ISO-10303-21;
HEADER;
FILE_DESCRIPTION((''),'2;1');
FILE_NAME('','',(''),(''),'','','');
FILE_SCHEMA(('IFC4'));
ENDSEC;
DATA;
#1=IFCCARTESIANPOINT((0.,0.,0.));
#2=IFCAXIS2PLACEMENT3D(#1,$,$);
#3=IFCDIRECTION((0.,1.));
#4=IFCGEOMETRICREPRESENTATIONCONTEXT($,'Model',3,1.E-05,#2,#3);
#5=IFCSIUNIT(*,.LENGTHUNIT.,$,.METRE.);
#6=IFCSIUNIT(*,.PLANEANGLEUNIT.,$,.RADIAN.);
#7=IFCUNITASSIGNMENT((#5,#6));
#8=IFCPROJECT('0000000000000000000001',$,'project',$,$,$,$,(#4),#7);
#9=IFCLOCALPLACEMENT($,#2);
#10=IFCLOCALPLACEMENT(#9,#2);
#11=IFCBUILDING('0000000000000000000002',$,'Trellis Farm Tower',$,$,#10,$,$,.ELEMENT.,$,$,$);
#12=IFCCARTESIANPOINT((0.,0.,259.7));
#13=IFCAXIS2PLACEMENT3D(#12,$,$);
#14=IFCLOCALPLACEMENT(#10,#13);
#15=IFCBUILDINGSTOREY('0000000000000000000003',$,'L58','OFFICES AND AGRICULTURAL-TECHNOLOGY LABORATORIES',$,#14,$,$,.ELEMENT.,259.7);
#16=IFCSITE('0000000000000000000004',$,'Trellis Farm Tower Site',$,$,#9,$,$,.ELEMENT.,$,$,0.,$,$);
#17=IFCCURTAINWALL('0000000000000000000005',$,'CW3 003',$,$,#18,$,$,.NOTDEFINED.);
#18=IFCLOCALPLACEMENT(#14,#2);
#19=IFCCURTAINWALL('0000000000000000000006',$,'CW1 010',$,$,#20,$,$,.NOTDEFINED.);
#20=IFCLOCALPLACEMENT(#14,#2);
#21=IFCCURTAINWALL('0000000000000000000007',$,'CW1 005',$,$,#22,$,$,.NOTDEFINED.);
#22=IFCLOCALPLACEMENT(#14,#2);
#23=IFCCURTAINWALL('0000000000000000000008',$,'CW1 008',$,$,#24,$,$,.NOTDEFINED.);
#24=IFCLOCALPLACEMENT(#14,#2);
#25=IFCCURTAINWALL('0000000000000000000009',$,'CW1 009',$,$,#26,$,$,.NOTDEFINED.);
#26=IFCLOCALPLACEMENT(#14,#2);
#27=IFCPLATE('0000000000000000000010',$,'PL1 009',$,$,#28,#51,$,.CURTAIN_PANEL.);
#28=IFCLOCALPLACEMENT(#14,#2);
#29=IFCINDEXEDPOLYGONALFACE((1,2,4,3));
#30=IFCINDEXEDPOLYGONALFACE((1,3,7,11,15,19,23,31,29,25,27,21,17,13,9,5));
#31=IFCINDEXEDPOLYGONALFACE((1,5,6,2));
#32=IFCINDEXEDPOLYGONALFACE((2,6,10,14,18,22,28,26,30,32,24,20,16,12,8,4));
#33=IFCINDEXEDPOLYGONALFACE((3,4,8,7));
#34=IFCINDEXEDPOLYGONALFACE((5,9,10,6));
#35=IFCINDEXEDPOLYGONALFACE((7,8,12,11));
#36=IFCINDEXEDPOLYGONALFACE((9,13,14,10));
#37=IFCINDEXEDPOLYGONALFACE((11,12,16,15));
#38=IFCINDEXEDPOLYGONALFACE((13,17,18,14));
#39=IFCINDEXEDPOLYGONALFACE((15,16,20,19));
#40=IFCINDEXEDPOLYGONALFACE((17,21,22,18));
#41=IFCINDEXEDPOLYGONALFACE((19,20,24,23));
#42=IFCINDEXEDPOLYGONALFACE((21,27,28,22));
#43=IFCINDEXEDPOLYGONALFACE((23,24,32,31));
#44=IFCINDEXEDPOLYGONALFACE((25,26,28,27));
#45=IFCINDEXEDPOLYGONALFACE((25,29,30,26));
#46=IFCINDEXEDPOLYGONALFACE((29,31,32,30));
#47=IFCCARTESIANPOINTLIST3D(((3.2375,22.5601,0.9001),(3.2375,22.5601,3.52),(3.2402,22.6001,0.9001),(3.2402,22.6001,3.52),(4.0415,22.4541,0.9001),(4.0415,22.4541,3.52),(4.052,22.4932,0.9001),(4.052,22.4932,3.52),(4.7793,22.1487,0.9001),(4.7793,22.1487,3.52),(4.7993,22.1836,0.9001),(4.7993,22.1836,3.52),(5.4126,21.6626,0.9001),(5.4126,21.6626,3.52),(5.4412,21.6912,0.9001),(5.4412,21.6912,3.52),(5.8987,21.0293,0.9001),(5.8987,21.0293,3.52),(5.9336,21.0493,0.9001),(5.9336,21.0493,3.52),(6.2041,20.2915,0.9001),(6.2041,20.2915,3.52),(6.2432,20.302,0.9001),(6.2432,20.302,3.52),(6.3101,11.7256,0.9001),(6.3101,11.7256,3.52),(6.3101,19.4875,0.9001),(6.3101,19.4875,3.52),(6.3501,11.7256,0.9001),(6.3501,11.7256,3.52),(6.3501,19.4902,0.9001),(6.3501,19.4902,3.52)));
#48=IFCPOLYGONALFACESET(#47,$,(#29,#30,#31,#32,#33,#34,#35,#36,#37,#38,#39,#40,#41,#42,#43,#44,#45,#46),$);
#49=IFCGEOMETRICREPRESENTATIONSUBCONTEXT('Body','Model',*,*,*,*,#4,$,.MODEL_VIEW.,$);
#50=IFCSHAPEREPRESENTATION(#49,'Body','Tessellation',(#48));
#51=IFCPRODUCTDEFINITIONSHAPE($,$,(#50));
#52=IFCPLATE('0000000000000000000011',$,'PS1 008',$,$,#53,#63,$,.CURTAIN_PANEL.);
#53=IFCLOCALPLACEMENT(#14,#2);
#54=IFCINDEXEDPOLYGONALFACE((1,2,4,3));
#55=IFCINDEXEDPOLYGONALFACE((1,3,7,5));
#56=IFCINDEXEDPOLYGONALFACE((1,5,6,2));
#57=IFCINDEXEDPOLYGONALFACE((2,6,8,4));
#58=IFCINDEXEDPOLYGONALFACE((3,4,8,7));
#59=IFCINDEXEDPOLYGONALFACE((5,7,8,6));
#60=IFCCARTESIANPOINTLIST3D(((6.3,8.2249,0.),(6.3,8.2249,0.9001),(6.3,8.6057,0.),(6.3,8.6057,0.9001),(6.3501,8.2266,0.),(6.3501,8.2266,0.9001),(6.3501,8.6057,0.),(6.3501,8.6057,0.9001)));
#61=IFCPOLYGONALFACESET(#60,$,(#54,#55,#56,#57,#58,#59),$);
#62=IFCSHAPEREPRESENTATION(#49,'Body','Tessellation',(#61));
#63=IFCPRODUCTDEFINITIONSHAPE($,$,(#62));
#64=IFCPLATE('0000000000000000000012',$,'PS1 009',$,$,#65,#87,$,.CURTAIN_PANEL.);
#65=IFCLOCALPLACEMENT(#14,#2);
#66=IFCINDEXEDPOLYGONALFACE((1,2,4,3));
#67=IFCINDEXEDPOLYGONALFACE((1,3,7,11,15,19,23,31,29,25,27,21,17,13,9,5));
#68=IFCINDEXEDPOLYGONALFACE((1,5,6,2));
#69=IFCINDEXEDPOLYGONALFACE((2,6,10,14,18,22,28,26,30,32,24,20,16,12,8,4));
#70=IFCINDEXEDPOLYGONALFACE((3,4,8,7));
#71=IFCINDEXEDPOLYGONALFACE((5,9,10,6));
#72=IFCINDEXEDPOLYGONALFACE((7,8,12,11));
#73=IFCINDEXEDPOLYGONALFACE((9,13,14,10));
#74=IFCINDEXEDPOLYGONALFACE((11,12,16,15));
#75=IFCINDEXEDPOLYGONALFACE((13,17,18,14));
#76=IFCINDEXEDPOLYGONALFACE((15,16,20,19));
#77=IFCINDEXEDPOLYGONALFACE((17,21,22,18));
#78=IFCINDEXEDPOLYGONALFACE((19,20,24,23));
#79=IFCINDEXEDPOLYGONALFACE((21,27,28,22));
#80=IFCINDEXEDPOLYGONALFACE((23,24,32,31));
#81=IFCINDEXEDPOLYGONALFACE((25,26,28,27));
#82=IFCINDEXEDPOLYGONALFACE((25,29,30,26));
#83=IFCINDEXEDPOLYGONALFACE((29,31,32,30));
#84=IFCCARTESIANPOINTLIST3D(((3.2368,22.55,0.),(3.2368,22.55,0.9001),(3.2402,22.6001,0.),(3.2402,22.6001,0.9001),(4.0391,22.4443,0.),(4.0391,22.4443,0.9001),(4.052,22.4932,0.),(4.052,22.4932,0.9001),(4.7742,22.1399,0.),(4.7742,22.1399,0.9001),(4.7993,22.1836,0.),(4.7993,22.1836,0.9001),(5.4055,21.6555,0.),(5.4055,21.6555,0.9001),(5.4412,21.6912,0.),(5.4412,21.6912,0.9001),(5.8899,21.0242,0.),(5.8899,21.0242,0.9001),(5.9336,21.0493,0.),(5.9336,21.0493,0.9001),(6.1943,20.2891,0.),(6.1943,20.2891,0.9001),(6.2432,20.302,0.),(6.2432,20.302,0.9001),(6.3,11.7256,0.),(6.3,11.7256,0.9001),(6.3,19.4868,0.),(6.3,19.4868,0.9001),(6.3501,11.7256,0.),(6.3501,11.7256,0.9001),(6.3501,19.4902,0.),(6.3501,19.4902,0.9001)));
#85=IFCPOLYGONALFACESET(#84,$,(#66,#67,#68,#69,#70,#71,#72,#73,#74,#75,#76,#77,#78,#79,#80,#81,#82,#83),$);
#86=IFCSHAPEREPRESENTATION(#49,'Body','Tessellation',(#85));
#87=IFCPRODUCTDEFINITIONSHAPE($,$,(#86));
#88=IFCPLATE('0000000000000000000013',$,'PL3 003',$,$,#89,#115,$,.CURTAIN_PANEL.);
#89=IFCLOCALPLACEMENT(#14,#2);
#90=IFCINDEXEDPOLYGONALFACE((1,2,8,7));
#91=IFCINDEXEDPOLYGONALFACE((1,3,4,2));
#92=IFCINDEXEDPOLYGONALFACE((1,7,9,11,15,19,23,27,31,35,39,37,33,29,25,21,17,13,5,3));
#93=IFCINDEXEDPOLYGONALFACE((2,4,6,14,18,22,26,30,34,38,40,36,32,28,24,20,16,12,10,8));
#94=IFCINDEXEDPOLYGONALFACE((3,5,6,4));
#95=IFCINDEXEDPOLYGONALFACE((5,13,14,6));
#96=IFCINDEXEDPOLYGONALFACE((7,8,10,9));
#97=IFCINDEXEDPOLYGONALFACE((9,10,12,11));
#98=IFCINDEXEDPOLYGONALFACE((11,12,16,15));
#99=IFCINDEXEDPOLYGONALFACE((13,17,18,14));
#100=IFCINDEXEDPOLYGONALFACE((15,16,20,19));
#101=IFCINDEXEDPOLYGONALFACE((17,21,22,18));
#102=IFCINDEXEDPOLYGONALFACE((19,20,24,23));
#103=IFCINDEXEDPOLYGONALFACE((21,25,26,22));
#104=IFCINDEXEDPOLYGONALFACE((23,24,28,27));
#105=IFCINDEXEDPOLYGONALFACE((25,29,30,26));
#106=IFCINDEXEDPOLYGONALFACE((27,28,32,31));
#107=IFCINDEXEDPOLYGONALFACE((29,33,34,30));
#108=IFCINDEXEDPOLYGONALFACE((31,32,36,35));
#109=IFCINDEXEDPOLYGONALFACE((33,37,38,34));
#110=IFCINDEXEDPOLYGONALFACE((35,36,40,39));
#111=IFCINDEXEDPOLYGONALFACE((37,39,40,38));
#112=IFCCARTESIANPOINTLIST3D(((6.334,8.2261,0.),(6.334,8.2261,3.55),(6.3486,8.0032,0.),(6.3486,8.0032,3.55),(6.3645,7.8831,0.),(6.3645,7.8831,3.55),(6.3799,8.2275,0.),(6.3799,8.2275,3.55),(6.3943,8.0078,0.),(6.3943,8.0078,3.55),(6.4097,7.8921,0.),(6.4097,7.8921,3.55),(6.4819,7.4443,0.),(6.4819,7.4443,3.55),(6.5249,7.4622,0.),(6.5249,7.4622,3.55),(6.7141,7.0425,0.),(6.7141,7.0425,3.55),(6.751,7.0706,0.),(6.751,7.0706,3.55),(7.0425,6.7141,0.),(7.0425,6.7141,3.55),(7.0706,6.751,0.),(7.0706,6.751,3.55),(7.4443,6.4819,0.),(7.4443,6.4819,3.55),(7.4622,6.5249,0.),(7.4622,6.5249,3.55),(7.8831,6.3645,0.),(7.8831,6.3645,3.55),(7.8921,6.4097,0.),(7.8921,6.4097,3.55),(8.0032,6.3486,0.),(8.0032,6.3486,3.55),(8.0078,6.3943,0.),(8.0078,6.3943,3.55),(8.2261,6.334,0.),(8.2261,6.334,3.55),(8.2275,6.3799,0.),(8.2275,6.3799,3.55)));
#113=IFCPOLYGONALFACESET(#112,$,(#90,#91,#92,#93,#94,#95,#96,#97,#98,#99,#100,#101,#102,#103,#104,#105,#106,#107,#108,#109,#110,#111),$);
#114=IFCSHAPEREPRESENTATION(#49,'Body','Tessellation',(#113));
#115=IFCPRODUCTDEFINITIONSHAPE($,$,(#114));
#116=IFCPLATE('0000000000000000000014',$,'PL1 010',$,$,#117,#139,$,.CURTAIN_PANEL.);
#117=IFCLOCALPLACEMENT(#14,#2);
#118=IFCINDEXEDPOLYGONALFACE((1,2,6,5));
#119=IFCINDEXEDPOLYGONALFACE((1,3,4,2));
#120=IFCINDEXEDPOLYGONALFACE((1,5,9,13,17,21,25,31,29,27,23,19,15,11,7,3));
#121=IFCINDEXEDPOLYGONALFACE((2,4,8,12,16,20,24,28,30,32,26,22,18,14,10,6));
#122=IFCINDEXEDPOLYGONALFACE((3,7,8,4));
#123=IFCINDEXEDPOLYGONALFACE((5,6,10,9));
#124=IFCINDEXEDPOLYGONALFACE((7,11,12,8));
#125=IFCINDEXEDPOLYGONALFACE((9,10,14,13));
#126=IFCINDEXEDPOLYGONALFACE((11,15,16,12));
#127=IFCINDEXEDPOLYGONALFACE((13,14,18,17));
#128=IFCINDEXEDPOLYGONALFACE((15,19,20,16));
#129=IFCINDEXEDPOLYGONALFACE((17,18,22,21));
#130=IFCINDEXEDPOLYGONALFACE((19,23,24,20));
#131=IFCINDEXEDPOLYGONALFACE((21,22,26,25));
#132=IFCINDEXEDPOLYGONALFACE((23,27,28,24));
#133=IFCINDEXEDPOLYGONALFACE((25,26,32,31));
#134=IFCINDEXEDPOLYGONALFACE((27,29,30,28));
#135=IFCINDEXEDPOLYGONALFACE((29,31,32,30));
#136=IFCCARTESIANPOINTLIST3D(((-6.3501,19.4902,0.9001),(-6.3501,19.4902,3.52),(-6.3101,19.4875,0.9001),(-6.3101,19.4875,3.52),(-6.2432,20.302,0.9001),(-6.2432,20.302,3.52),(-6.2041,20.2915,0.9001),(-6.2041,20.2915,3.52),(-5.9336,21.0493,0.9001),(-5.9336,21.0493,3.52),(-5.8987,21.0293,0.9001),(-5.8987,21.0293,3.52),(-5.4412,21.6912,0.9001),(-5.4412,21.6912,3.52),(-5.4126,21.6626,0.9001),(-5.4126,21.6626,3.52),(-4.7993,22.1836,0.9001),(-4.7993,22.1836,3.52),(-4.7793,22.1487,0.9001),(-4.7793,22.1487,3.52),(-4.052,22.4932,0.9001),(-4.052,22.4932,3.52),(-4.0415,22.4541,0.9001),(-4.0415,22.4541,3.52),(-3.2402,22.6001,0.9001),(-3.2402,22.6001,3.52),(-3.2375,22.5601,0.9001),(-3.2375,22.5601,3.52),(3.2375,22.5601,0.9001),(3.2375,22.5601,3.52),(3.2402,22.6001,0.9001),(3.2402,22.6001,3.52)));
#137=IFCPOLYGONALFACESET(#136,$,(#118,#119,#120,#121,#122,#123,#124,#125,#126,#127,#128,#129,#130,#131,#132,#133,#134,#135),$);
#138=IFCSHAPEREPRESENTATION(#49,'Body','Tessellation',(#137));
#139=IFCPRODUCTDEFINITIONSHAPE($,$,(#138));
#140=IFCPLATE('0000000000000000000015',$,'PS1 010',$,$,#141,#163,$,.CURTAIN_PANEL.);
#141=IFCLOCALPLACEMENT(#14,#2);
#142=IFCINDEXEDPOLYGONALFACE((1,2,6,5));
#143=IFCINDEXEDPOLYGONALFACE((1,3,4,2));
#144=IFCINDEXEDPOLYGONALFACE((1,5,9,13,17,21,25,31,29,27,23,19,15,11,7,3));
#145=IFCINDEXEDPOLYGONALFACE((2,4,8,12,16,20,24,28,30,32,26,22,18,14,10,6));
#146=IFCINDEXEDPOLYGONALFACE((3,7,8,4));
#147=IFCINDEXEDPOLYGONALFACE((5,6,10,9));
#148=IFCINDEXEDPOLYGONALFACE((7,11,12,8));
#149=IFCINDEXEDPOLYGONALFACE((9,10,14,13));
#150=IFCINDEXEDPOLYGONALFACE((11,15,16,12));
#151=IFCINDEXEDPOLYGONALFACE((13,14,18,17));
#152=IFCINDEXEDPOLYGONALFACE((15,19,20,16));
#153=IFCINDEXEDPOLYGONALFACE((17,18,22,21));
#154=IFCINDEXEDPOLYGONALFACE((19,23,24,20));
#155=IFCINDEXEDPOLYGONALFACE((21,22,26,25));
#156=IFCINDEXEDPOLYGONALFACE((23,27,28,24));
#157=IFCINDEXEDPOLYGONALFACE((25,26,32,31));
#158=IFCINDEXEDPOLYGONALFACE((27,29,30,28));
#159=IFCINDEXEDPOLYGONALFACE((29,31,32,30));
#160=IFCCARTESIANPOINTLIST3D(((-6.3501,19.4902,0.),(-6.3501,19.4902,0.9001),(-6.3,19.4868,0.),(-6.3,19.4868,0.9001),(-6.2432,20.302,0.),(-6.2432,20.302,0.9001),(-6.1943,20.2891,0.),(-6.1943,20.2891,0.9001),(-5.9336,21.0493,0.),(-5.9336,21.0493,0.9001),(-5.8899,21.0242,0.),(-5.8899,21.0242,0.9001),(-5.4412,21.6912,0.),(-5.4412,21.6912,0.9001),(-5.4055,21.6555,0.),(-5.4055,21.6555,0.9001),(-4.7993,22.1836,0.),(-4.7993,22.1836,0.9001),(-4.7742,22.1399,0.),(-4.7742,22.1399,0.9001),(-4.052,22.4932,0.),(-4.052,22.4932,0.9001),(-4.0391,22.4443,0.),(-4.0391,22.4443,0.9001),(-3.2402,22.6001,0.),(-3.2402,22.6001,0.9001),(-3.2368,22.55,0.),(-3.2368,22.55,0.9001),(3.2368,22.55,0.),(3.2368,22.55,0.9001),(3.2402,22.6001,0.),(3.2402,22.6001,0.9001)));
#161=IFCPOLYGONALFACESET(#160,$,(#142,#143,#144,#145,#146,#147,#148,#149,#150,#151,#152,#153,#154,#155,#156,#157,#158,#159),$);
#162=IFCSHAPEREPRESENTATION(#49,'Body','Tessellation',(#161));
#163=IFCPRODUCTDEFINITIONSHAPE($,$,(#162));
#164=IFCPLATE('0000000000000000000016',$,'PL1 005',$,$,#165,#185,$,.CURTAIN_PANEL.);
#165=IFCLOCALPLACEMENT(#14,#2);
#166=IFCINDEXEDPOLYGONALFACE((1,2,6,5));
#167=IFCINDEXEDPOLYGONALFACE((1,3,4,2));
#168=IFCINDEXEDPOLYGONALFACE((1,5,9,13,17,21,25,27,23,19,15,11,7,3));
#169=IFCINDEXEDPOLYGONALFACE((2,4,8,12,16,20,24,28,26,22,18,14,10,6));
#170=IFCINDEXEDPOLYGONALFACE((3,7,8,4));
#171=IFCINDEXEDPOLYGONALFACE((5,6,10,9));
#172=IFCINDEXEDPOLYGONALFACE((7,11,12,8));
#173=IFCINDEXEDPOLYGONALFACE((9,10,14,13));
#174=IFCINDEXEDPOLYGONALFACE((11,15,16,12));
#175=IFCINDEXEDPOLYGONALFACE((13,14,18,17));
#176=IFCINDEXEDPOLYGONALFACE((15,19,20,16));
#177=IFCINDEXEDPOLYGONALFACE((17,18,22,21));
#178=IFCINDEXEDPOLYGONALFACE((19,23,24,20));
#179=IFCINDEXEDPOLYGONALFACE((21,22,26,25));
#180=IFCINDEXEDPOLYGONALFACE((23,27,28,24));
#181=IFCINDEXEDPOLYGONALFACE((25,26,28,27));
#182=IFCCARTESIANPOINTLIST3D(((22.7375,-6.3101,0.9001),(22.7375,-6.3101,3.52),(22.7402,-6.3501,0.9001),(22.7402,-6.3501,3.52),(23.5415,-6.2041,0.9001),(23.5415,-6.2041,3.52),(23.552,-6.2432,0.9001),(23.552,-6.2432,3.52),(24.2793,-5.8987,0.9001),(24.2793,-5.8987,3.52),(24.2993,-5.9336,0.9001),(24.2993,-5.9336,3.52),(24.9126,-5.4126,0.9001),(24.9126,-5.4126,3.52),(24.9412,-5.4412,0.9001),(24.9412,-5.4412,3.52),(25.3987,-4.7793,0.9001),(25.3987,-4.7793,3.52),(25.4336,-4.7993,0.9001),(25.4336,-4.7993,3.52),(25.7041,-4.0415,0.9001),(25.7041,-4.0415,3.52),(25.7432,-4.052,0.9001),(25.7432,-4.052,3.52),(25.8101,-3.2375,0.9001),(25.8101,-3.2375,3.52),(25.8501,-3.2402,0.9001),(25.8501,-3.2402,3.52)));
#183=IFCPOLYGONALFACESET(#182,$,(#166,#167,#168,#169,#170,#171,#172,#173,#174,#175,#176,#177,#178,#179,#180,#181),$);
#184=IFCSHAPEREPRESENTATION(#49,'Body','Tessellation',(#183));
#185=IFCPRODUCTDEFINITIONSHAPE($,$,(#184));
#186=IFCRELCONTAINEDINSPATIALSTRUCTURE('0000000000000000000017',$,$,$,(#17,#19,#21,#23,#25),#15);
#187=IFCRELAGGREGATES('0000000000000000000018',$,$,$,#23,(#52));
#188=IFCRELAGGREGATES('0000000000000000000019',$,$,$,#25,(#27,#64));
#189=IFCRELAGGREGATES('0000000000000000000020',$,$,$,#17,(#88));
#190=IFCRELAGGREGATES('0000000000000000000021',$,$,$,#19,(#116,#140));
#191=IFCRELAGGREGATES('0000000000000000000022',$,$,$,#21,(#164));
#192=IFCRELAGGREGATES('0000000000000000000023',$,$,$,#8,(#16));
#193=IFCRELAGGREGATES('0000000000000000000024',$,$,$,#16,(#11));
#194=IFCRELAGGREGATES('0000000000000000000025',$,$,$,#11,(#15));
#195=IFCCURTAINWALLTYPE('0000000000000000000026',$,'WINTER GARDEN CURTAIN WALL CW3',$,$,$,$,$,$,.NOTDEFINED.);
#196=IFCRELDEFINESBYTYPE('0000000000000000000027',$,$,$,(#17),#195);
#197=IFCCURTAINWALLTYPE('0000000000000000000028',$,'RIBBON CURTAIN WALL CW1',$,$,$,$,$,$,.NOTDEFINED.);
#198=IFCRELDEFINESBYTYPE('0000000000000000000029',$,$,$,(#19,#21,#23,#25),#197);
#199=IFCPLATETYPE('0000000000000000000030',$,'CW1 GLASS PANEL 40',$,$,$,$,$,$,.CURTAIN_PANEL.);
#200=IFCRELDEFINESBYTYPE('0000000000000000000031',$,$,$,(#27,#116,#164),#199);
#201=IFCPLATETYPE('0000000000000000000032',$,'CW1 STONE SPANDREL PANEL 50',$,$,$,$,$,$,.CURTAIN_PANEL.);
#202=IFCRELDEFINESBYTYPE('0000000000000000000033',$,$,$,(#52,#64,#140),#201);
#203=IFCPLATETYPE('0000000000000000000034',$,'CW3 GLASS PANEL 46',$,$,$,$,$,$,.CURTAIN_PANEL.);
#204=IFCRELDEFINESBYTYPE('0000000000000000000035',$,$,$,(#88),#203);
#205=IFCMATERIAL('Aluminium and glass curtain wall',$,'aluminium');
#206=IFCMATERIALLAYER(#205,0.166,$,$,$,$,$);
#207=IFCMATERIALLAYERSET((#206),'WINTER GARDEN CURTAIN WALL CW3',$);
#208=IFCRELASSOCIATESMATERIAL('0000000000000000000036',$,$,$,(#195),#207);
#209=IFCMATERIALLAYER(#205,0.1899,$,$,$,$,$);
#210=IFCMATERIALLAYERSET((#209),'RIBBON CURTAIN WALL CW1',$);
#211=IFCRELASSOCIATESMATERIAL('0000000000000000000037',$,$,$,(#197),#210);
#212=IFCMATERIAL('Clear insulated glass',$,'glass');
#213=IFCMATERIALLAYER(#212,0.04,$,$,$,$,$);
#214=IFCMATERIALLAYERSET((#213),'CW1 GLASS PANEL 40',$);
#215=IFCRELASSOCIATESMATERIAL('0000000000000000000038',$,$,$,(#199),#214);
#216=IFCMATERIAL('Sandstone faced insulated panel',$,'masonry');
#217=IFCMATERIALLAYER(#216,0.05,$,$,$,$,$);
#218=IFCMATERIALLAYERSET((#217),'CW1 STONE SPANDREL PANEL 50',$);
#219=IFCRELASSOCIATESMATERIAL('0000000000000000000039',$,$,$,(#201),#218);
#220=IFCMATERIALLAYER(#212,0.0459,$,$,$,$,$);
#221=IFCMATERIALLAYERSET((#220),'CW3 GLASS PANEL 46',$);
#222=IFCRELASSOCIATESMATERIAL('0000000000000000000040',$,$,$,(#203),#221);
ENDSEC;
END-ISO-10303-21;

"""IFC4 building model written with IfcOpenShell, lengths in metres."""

from ifc_helpers import new_model, si_unit, direction, frame, origin, place, context, subcontext, project, spatial, polyline, outline, extrude, source, transform, mapped, material, layer, layer_set, type_object, element, aggregate, save


model = new_model("IFC4")

# Units and contexts
model_context = context("Model", 3, precision=1e-05, world=origin(), true_north=direction((0.0, 1.0)))
body_context = subcontext(model_context, "Body", "Model", "MODEL_VIEW")
ifc_project = project(units=[si_unit("LENGTHUNIT", "METRE"), si_unit("PLANEANGLEUNIT", "RADIAN")], contexts=[model_context])

# Site, building, storey
site_placement = place(None, origin())
site = spatial("IfcSite", under=ifc_project, at=site_placement, Name="Trellis Farm Tower Site", CompositionType="ELEMENT", RefElevation=0.0)
building_placement = place(site_placement, origin())
building = spatial("IfcBuilding", under=site, at=building_placement, Name="Trellis Farm Tower", CompositionType="ELEMENT")
storey_placement = place(building_placement, frame((0.0, 0.0, 259.7)))
storey = spatial("IfcBuildingStorey", under=building, at=storey_placement, Name="L58", Description="OFFICES AND AGRICULTURAL-TECHNOLOGY LABORATORIES", CompositionType="ELEMENT", Elevation=259.7)

# Curtain walls
ifc_material_1 = material(Name="Aluminium and glass curtain wall", Category="aluminium")
ifc_layer_1 = layer(ifc_material_1, 0.166)
ifc_layer_set_1 = layer_set([ifc_layer_1], Name="WINTER GARDEN CURTAIN WALL CW3")
curtain_wall_type_1 = type_object("IfcCurtainWallType", Name="WINTER GARDEN CURTAIN WALL CW3", PredefinedType="NOTDEFINED", material=ifc_layer_set_1)
placement_1 = place(storey_placement, origin())
curtain_wall_1 = element("IfcCurtainWall", 1, at=placement_1, inside=storey, type_object=curtain_wall_type_1, Name="CW3 003", PredefinedType="NOTDEFINED")
ifc_layer_2 = layer(ifc_material_1, 0.1899)
ifc_layer_set_2 = layer_set([ifc_layer_2], Name="RIBBON CURTAIN WALL CW1")
curtain_wall_type_2 = type_object("IfcCurtainWallType", Name="RIBBON CURTAIN WALL CW1", PredefinedType="NOTDEFINED", material=ifc_layer_set_2)
curtain_wall_2 = element("IfcCurtainWall", 2, at=placement_1, inside=storey, type_object=curtain_wall_type_2, Name="CW1 010", PredefinedType="NOTDEFINED")
curtain_wall_3 = element("IfcCurtainWall", 3, at=placement_1, inside=storey, type_object=curtain_wall_type_2, Name="CW1 005", PredefinedType="NOTDEFINED")
curtain_wall_4 = element("IfcCurtainWall", 4, at=placement_1, inside=storey, type_object=curtain_wall_type_2, Name="CW1 008", PredefinedType="NOTDEFINED")
curtain_wall_5 = element("IfcCurtainWall", 5, at=placement_1, inside=storey, type_object=curtain_wall_type_2, Name="CW1 009", PredefinedType="NOTDEFINED")

# Plates
ifc_material_2 = material(Name="Clear insulated glass", Category="glass")
ifc_layer_3 = layer(ifc_material_2, 0.04)
ifc_layer_set_3 = layer_set([ifc_layer_3], Name="CW1 GLASS PANEL 40")
plate_type_1 = type_object("IfcPlateType", Name="CW1 GLASS PANEL 40", PredefinedType="CURTAIN_PANEL", material=ifc_layer_set_3)
placement_2 = place(storey_placement, frame((0.0, 0.0, 0.9001)))
plate_1 = element("IfcPlate", 6, at=placement_2, type_object=plate_type_1, Name="PL1 009", PredefinedType="CURTAIN_PANEL", context=body_context, shape_type="SweptSolid", body=[
    extrude(outline(polyline([(6.3501, 11.7256), (6.3501, 19.4902), (6.2432, 20.302), (5.9336, 21.0493), (5.4412, 21.6912), (4.7993, 22.1836), (4.052, 22.4932), (3.2402, 22.6001), (3.2375, 22.5601), (4.0415, 22.4541), (4.7793, 22.1487), (5.4126, 21.6626), (5.8987, 21.0293), (6.2041, 20.2915), (6.3101, 19.4875), (6.3101, 11.7256), (6.3501, 11.7256)])), origin(), (0.0, 0.0, 1.0), 2.6199),
])
ifc_material_3 = material(Name="Sandstone faced insulated panel", Category="masonry")
ifc_layer_4 = layer(ifc_material_3, 0.05)
ifc_layer_set_4 = layer_set([ifc_layer_4], Name="CW1 STONE SPANDREL PANEL 50")
plate_type_2 = type_object("IfcPlateType", Name="CW1 STONE SPANDREL PANEL 50", PredefinedType="CURTAIN_PANEL", material=ifc_layer_set_4)
plate_2 = element("IfcPlate", 7, at=placement_1, type_object=plate_type_2, Name="PS1 008", PredefinedType="CURTAIN_PANEL", context=body_context, shape_type="SweptSolid", body=[
    extrude(outline(polyline([(6.3501, 8.2266), (6.3501, 8.6057), (6.3, 8.6057), (6.3, 8.2249), (6.3501, 8.2266)])), origin(), (0.0, 0.0, 1.0), 0.9001),
])
aggregate(curtain_wall_4, [plate_2])
plate_3 = element("IfcPlate", 8, at=placement_1, type_object=plate_type_2, Name="PS1 009", PredefinedType="CURTAIN_PANEL", context=body_context, shape_type="SweptSolid", body=[
    extrude(outline(polyline([(6.3501, 11.7256), (6.3501, 19.4902), (6.2432, 20.302), (5.9336, 21.0493), (5.4412, 21.6912), (4.7993, 22.1836), (4.052, 22.4932), (3.2402, 22.6001), (3.2368, 22.55), (4.0391, 22.4443), (4.7742, 22.1399), (5.4055, 21.6555), (5.8899, 21.0242), (6.1943, 20.2891), (6.3, 19.4868), (6.3, 11.7256), (6.3501, 11.7256)])), origin(), (0.0, 0.0, 1.0), 0.9001),
])
aggregate(curtain_wall_5, [plate_1, plate_3])
ifc_layer_5 = layer(ifc_material_2, 0.0459)
ifc_layer_set_5 = layer_set([ifc_layer_5], Name="CW3 GLASS PANEL 46")
plate_type_3 = type_object("IfcPlateType", Name="CW3 GLASS PANEL 46", PredefinedType="CURTAIN_PANEL", material=ifc_layer_set_5)
shared_shape_1 = source(origin(), body_context, "Body", "SweptSolid", [
    extrude(outline(polyline([(8.2275, 6.3799), (8.0078, 6.3943), (7.8921, 6.4097), (7.4622, 6.5249), (7.0706, 6.751), (6.751, 7.0706), (6.5249, 7.4622), (6.4097, 7.8921), (6.3943, 8.0078), (6.3799, 8.2275), (6.334, 8.2261), (6.3486, 8.0032), (6.3645, 7.8831), (6.4819, 7.4443), (6.7141, 7.0425), (7.0425, 6.7141), (7.4443, 6.4819), (7.8831, 6.3645), (8.0032, 6.3486), (8.2261, 6.334), (8.2275, 6.3799)])), origin(), (0.0, 0.0, 1.0), 3.55),
])
plate_4 = element("IfcPlate", 9, at=placement_1, type_object=plate_type_3, Name="PL3 003", PredefinedType="CURTAIN_PANEL", context=body_context, shape_type="MappedRepresentation", body=[
    mapped(shared_shape_1, transform((0.0, 0.0, 0.0))),
])
aggregate(curtain_wall_1, [plate_4])
shared_shape_2 = source(origin(), body_context, "Body", "SweptSolid", [
    extrude(outline(polyline([(3.2402, 22.6001), (-3.2402, 22.6001), (-4.052, 22.4932), (-4.7993, 22.1836), (-5.4412, 21.6912), (-5.9336, 21.0493), (-6.2432, 20.302), (-6.3501, 19.4902), (-6.3101, 19.4875), (-6.2041, 20.2915), (-5.8987, 21.0293), (-5.4126, 21.6626), (-4.7793, 22.1487), (-4.0415, 22.4541), (-3.2375, 22.5601), (3.2375, 22.5601), (3.2402, 22.6001)])), origin(), (0.0, 0.0, 1.0), 2.6199),
])
plate_5 = element("IfcPlate", 10, at=placement_2, type_object=plate_type_1, Name="PL1 010", PredefinedType="CURTAIN_PANEL", context=body_context, shape_type="MappedRepresentation", body=[
    mapped(shared_shape_2, transform((0.0, 0.0, 0.0))),
])
shared_shape_3 = source(origin(), body_context, "Body", "SweptSolid", [
    extrude(outline(polyline([(3.2402, 22.6001), (-3.2402, 22.6001), (-4.052, 22.4932), (-4.7993, 22.1836), (-5.4412, 21.6912), (-5.9336, 21.0493), (-6.2432, 20.302), (-6.3501, 19.4902), (-6.3, 19.4868), (-6.1943, 20.2891), (-5.8899, 21.0242), (-5.4055, 21.6555), (-4.7742, 22.1399), (-4.0391, 22.4443), (-3.2368, 22.55), (3.2368, 22.55), (3.2402, 22.6001)])), origin(), (0.0, 0.0, 1.0), 0.9001),
])
plate_6 = element("IfcPlate", 11, at=placement_1, type_object=plate_type_2, Name="PS1 010", PredefinedType="CURTAIN_PANEL", context=body_context, shape_type="MappedRepresentation", body=[
    mapped(shared_shape_3, transform((0.0, 0.0, 0.0))),
])
aggregate(curtain_wall_2, [plate_5, plate_6])
shared_shape_4 = source(origin(), body_context, "Body", "SweptSolid", [
    extrude(outline(polyline([(22.7402, -6.3501), (23.552, -6.2432), (24.2993, -5.9336), (24.9412, -5.4412), (25.4336, -4.7993), (25.7432, -4.052), (25.8501, -3.2402), (25.8101, -3.2375), (25.7041, -4.0415), (25.3987, -4.7793), (24.9126, -5.4126), (24.2793, -5.8987), (23.5415, -6.2041), (22.7375, -6.3101), (22.7402, -6.3501)])), origin(), (0.0, 0.0, 1.0), 2.6199),
])
plate_7 = element("IfcPlate", 12, at=placement_2, type_object=plate_type_1, Name="PL1 005", PredefinedType="CURTAIN_PANEL", context=body_context, shape_type="MappedRepresentation", body=[
    mapped(shared_shape_4, transform((0.0, 0.0, 0.0))),
])
aggregate(curtain_wall_3, [plate_7])

save(model, "model.ifc")
